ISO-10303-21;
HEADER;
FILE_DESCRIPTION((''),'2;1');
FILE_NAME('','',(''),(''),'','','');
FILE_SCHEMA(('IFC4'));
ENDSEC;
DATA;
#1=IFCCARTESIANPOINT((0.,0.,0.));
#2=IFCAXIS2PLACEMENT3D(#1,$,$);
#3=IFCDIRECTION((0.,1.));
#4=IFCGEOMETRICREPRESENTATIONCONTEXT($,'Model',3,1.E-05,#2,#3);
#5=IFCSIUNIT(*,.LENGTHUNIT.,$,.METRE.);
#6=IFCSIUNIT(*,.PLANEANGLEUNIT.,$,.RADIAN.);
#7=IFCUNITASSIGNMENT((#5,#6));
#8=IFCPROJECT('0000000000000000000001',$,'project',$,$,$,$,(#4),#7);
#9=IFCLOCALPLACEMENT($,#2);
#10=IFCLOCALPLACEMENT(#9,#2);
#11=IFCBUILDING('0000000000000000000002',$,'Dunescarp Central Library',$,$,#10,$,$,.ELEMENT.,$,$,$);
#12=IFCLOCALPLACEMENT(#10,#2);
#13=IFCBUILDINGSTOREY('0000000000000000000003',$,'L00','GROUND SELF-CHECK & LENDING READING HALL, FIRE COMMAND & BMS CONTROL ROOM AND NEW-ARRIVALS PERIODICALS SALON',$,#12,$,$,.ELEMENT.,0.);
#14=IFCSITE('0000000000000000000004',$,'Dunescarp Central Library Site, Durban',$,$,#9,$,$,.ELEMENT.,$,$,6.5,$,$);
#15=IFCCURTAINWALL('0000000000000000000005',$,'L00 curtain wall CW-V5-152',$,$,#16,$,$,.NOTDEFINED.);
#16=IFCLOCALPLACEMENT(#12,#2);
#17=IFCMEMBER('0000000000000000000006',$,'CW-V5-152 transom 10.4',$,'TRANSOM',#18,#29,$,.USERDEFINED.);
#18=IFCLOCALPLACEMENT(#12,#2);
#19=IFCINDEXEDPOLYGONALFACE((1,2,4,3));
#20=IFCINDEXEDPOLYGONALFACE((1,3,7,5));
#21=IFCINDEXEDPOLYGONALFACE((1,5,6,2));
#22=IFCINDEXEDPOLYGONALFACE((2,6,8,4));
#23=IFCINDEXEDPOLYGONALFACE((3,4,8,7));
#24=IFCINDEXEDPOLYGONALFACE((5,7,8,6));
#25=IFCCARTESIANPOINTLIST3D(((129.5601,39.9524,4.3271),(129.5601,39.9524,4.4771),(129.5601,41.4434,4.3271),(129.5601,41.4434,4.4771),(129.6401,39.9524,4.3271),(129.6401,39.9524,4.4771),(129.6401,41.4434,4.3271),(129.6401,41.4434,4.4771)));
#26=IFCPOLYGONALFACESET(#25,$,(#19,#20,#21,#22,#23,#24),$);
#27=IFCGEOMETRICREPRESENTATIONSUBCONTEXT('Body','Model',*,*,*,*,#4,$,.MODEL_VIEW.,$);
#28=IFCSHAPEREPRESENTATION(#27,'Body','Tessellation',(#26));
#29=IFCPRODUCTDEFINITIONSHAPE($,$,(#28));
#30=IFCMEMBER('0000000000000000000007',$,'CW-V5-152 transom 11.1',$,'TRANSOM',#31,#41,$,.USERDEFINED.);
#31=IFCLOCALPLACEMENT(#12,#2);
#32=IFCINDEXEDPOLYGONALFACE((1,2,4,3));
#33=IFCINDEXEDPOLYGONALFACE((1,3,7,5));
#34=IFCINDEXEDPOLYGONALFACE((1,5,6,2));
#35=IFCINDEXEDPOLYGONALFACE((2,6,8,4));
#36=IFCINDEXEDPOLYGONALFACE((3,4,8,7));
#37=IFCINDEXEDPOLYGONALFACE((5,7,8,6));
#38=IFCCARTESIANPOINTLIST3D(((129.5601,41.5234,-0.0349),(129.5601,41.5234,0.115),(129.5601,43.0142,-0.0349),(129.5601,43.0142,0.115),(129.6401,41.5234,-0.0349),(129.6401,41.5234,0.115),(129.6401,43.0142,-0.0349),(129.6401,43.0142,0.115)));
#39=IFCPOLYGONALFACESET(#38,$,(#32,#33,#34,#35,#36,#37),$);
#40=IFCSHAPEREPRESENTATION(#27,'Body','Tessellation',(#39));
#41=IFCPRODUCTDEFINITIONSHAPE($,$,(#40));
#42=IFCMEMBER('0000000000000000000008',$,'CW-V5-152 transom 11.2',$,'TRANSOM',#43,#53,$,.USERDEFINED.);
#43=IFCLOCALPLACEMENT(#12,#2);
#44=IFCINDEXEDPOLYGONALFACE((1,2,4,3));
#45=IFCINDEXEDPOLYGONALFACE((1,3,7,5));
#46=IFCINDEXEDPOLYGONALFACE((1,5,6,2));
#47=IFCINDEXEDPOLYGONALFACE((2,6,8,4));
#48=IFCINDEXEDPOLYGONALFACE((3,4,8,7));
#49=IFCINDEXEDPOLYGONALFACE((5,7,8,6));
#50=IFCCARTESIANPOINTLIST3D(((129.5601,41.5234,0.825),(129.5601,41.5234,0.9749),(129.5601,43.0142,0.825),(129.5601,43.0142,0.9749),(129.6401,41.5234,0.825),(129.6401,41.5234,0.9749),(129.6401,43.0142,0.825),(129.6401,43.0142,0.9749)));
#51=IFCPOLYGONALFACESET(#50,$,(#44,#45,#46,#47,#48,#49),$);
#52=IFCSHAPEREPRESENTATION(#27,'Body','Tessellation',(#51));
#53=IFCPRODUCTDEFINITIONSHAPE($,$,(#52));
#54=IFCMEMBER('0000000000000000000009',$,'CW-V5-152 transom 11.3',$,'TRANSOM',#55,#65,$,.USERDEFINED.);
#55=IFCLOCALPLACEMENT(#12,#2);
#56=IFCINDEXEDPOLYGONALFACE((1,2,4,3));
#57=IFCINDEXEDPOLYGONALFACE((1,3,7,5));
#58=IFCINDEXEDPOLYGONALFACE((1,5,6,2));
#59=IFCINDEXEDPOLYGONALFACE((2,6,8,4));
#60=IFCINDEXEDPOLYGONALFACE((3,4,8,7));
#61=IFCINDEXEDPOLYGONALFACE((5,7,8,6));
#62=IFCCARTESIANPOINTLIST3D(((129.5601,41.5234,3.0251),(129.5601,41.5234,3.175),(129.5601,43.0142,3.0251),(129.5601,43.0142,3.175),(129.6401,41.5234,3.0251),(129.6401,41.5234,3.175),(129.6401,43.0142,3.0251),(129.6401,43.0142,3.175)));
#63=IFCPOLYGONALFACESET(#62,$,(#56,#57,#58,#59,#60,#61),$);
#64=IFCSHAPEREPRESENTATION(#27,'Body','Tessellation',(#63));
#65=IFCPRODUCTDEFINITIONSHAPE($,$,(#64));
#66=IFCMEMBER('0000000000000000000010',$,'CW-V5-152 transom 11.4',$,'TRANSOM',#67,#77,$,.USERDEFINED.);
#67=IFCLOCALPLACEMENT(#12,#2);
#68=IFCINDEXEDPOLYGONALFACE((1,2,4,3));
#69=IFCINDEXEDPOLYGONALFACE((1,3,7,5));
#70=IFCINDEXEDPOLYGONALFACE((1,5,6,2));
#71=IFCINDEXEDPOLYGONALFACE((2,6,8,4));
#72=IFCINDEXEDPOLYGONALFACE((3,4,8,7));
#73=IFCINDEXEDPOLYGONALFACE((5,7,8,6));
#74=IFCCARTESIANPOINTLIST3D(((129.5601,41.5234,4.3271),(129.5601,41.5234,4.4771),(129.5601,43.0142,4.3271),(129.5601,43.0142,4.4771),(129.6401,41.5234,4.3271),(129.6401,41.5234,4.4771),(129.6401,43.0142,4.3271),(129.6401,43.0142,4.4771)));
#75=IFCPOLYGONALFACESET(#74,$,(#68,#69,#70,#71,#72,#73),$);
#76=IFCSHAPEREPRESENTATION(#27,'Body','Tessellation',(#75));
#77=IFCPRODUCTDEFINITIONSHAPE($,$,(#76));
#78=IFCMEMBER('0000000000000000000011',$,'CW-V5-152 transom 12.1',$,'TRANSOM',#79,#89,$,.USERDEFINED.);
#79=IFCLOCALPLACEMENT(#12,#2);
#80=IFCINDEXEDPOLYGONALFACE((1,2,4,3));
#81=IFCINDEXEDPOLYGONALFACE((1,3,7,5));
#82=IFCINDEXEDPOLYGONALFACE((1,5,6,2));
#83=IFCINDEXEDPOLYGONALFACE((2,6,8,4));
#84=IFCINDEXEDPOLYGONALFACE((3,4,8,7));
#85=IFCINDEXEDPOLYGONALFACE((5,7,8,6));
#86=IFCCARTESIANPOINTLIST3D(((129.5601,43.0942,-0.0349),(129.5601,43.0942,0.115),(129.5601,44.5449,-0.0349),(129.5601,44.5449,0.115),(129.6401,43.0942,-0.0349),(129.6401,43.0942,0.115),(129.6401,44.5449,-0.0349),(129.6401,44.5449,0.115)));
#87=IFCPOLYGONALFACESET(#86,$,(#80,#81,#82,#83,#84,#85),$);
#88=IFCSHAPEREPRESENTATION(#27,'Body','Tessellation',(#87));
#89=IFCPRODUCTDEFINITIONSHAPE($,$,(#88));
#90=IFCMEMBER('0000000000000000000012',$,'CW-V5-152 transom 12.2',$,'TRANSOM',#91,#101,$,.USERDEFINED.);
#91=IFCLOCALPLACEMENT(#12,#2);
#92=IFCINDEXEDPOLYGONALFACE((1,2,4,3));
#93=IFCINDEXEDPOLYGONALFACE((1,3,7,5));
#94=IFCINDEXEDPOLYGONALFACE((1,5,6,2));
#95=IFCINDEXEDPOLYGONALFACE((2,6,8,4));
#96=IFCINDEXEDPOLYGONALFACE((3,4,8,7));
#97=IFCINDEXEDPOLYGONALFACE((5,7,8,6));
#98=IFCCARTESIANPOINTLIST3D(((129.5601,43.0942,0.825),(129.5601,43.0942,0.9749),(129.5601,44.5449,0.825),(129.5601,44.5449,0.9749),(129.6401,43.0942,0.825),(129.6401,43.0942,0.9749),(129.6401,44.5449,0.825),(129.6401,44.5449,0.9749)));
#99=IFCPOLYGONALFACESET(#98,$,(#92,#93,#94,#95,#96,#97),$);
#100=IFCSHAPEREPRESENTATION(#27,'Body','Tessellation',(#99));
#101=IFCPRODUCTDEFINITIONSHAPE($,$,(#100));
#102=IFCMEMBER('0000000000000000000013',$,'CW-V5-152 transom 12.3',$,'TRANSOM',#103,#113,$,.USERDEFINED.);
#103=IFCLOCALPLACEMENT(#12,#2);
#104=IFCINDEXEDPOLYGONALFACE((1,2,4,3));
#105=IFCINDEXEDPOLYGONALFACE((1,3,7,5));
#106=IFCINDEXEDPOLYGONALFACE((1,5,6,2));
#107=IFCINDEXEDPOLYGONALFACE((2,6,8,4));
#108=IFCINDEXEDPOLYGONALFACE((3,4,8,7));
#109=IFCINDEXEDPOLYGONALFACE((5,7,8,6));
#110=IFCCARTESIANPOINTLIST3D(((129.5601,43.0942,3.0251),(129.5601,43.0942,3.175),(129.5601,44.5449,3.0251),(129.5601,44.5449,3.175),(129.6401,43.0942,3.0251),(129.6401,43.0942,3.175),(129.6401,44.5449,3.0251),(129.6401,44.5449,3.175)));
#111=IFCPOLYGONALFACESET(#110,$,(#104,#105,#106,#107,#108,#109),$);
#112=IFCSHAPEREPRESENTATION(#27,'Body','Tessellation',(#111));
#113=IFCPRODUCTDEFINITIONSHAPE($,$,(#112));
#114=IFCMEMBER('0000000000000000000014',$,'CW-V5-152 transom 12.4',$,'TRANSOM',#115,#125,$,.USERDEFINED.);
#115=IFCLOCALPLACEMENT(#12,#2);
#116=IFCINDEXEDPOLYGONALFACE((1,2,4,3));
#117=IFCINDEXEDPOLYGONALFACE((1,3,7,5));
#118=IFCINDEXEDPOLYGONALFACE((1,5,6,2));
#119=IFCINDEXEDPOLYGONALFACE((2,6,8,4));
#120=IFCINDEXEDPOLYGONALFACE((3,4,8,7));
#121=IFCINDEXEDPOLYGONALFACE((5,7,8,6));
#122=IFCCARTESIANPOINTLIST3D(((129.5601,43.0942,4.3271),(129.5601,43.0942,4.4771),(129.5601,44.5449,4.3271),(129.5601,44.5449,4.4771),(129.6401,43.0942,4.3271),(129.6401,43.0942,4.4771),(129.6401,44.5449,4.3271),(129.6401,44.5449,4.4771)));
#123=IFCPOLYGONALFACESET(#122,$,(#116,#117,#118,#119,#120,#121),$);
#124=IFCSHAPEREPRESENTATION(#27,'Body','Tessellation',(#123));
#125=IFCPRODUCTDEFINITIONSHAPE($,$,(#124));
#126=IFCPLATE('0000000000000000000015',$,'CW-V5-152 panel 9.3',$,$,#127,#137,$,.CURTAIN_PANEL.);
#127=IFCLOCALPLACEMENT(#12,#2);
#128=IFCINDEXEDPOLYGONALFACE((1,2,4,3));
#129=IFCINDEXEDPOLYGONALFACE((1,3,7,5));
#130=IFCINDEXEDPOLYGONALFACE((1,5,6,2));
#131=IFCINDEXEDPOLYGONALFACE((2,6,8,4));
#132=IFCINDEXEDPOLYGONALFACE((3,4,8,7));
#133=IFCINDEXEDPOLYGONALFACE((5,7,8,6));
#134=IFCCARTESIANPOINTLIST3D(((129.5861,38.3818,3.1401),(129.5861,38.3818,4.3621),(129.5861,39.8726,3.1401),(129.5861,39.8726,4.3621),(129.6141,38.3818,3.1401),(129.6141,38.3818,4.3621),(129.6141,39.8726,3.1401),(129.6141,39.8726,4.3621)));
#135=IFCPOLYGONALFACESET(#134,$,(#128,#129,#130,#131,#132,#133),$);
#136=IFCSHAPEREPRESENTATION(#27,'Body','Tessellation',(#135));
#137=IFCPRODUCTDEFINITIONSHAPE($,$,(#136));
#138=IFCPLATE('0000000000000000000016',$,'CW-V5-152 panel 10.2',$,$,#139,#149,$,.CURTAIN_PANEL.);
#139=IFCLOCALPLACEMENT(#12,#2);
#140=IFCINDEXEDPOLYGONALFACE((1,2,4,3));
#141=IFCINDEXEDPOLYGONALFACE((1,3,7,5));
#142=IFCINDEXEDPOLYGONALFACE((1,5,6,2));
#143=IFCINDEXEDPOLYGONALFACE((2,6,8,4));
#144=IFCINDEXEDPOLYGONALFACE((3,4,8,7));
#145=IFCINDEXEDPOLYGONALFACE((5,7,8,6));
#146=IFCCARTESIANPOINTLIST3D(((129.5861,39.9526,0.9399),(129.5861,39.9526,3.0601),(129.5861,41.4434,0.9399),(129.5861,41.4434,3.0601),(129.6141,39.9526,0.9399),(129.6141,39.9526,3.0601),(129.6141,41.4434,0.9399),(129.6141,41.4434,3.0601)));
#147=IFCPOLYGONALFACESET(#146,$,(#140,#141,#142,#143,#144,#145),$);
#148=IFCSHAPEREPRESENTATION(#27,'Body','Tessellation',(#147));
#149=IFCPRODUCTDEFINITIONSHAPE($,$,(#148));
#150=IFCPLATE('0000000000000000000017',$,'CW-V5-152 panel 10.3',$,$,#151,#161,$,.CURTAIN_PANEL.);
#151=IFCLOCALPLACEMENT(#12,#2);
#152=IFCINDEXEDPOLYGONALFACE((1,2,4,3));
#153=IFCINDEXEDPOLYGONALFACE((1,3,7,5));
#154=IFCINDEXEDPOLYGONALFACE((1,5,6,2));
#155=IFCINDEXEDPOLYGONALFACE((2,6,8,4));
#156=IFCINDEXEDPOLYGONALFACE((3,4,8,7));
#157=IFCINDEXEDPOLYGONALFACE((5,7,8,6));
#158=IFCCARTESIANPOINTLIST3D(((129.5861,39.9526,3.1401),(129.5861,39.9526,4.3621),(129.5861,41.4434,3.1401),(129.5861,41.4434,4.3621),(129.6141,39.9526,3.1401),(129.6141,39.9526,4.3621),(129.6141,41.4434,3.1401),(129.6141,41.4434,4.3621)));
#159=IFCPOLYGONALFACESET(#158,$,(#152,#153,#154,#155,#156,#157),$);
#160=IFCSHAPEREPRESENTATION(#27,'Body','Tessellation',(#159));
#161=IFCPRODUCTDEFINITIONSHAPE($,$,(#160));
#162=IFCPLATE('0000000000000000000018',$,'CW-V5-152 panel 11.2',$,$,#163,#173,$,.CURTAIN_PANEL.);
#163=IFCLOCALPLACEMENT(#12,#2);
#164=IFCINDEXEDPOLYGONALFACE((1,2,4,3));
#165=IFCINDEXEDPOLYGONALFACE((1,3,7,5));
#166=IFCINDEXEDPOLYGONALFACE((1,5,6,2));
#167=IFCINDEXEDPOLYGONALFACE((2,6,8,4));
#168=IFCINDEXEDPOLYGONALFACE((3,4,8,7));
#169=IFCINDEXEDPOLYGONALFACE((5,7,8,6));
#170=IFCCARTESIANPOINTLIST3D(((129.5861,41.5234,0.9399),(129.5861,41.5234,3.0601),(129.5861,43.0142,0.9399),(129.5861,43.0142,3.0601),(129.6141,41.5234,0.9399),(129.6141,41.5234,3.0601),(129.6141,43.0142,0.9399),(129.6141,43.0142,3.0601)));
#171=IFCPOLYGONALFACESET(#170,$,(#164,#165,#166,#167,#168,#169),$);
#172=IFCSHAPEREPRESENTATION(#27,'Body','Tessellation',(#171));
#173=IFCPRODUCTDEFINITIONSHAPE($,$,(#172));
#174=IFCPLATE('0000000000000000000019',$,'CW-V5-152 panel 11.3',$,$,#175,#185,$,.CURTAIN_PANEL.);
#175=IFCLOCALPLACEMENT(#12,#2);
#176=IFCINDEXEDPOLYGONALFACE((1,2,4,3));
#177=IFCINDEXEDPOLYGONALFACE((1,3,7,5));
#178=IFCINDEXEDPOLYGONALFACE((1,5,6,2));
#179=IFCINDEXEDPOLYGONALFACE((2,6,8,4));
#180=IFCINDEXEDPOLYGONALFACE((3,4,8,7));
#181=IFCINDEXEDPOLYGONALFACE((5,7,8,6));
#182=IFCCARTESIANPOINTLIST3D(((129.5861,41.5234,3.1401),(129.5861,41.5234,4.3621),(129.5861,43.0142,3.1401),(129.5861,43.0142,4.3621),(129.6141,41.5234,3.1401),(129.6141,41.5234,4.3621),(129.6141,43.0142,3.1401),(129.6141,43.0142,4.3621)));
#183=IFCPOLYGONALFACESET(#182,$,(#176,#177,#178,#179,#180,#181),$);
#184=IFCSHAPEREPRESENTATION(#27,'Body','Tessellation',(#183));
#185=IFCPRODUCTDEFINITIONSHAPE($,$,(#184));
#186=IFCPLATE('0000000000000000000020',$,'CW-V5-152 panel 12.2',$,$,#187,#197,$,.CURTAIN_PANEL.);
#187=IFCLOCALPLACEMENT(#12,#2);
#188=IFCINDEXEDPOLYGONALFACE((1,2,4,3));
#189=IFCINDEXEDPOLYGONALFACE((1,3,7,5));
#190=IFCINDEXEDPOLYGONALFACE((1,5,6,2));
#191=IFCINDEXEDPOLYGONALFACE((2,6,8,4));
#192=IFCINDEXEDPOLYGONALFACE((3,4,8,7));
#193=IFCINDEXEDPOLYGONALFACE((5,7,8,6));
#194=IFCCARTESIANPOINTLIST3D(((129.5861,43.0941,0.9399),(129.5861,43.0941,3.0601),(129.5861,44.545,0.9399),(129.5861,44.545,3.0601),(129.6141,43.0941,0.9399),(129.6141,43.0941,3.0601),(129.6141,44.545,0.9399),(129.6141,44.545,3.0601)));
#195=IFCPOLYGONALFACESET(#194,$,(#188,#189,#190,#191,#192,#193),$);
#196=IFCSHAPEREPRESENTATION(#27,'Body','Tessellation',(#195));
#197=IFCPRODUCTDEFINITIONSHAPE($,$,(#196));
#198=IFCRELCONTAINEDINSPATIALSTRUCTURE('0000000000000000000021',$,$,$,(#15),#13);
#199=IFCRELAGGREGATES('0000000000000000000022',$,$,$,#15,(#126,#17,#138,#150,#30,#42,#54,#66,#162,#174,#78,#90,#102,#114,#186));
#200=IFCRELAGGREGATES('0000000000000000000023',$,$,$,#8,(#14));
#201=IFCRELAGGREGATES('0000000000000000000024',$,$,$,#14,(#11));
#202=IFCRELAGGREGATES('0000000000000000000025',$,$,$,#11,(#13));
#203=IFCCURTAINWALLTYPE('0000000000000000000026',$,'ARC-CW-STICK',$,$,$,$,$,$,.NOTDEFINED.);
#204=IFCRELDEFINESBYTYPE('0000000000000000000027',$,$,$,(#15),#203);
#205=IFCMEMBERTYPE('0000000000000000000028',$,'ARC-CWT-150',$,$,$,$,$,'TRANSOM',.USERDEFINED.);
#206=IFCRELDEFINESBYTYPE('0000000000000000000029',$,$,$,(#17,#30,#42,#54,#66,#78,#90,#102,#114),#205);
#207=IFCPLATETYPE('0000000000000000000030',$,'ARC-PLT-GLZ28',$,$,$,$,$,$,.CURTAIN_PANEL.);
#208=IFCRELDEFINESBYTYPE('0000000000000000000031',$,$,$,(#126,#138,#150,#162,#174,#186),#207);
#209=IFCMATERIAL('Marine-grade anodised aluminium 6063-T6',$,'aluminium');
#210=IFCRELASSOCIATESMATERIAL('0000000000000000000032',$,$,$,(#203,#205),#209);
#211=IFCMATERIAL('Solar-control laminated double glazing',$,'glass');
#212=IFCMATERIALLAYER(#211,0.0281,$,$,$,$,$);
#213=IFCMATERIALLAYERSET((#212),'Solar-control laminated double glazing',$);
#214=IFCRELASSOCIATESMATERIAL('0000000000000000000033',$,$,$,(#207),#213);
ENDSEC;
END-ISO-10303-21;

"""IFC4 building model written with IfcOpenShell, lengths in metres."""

from ifc_helpers import new_model, si_unit, direction, frame, origin, origin_2d, place, context, subcontext, project, spatial, rectangle, extrude, material, layer, layer_set, material_profile, profile_set, type_object, element, aggregate, save


model = new_model("IFC4")

# Units and contexts
model_context = context("Model", 3, precision=1e-05, world=origin(), true_north=direction((0.0, 1.0)))
body_context = subcontext(model_context, "Body", "Model", "MODEL_VIEW")
ifc_project = project(units=[si_unit("LENGTHUNIT", "METRE"), si_unit("PLANEANGLEUNIT", "RADIAN")], contexts=[model_context])

# Site, building, storey
site_placement = place(None, origin())
site = spatial("IfcSite", under=ifc_project, at=site_placement, Name="Dunescarp Central Library Site, Durban", CompositionType="ELEMENT", RefElevation=6.5)
building_placement = place(site_placement, origin())
building = spatial("IfcBuilding", under=site, at=building_placement, Name="Dunescarp Central Library", CompositionType="ELEMENT")
storey_placement = place(building_placement, origin())
storey = spatial("IfcBuildingStorey", under=building, at=storey_placement, Name="L00", Description="GROUND SELF-CHECK & LENDING READING HALL, FIRE COMMAND & BMS CONTROL ROOM AND NEW-ARRIVALS PERIODICALS SALON", CompositionType="ELEMENT", Elevation=0.0)

# Shared definitions
ifc_material_1 = material(Name="Marine-grade anodised aluminium 6063-T6", Category="aluminium")
curtain_wall_type = type_object("IfcCurtainWallType", Name="ARC-CW-STICK", PredefinedType="NOTDEFINED", material=ifc_material_1)

# Curtain wall, members, plates
curtain_wall_1_placement = place(storey_placement, origin())
curtain_wall_1 = element("IfcCurtainWall", 1, at=curtain_wall_1_placement, inside=storey, type_object=curtain_wall_type, Name="L00 curtain wall CW-V5-152", PredefinedType="NOTDEFINED")
ifc_material_profile_1 = material_profile(ifc_material_1, rectangle(XDim=0.0801, YDim=0.1499, at=origin_2d()), Name="AL 80x150")
ifc_profile_set_1 = profile_set([ifc_material_profile_1], Name="Marine-grade anodised aluminium 6063-T6")
member_type_1 = type_object("IfcMemberType", Name="ARC-CWT-150", ElementType="TRANSOM", PredefinedType="USERDEFINED", material=ifc_profile_set_1)
member_1_placement = place(storey_placement, frame((129.6001, 39.9524, 4.4021), z_axis=(0.0, 1.0, 0.0), x_axis=(-1.0, 0.0, 0.0)))
member_1 = element("IfcMember", 2, at=member_1_placement, type_object=member_type_1, Name="CW-V5-152 transom 10.4", ObjectType="TRANSOM", PredefinedType="USERDEFINED", context=body_context, shape_type="SweptSolid", body=[
    extrude(rectangle(XDim=0.0801, YDim=0.1499, at=origin_2d()), origin(), (0.0, 0.0, 1.0), 1.491),
])
member_2_placement = place(storey_placement, frame((129.6001, 41.5234, 0.04), z_axis=(0.0, 1.0, 0.0), x_axis=(-1.0, 0.0, 0.0)))
member_2 = element("IfcMember", 3, at=member_2_placement, type_object=member_type_1, Name="CW-V5-152 transom 11.1", ObjectType="TRANSOM", PredefinedType="USERDEFINED", context=body_context, shape_type="SweptSolid", body=[
    extrude(rectangle(XDim=0.0801, YDim=0.1499, at=origin_2d()), origin(), (0.0, 0.0, 1.0), 1.4907),
])
member_3_placement = place(storey_placement, frame((129.6001, 41.5234, 0.8999), z_axis=(0.0, 1.0, 0.0), x_axis=(-1.0, 0.0, 0.0)))
member_3 = element("IfcMember", 4, at=member_3_placement, type_object=member_type_1, Name="CW-V5-152 transom 11.2", ObjectType="TRANSOM", PredefinedType="USERDEFINED", context=body_context, shape_type="SweptSolid", body=[
    extrude(rectangle(XDim=0.0801, YDim=0.1499, at=origin_2d()), origin(), (0.0, 0.0, 1.0), 1.4907),
])
member_4_placement = place(storey_placement, frame((129.6001, 41.5234, 3.1001), z_axis=(0.0, 1.0, 0.0), x_axis=(-1.0, 0.0, 0.0)))
member_4 = element("IfcMember", 5, at=member_4_placement, type_object=member_type_1, Name="CW-V5-152 transom 11.3", ObjectType="TRANSOM", PredefinedType="USERDEFINED", context=body_context, shape_type="SweptSolid", body=[
    extrude(rectangle(XDim=0.0801, YDim=0.1499, at=origin_2d()), origin(), (0.0, 0.0, 1.0), 1.4907),
])
member_5_placement = place(storey_placement, frame((129.6001, 41.5234, 4.4021), z_axis=(0.0, 1.0, 0.0), x_axis=(-1.0, 0.0, 0.0)))
member_5 = element("IfcMember", 6, at=member_5_placement, type_object=member_type_1, Name="CW-V5-152 transom 11.4", ObjectType="TRANSOM", PredefinedType="USERDEFINED", context=body_context, shape_type="SweptSolid", body=[
    extrude(rectangle(XDim=0.0801, YDim=0.1499, at=origin_2d()), origin(), (0.0, 0.0, 1.0), 1.4907),
])
member_6_placement = place(storey_placement, frame((129.6001, 43.0942, 0.04), z_axis=(0.0, 1.0, 0.0), x_axis=(-1.0, 0.0, 0.0)))
member_6 = element("IfcMember", 7, at=member_6_placement, type_object=member_type_1, Name="CW-V5-152 transom 12.1", ObjectType="TRANSOM", PredefinedType="USERDEFINED", context=body_context, shape_type="SweptSolid", body=[
    extrude(rectangle(XDim=0.0801, YDim=0.1499, at=origin_2d()), origin(), (0.0, 0.0, 1.0), 1.4507),
])
member_7_placement = place(storey_placement, frame((129.6001, 43.0942, 0.8999), z_axis=(0.0, 1.0, 0.0), x_axis=(-1.0, 0.0, 0.0)))
member_7 = element("IfcMember", 8, at=member_7_placement, type_object=member_type_1, Name="CW-V5-152 transom 12.2", ObjectType="TRANSOM", PredefinedType="USERDEFINED", context=body_context, shape_type="SweptSolid", body=[
    extrude(rectangle(XDim=0.0801, YDim=0.1499, at=origin_2d()), origin(), (0.0, 0.0, 1.0), 1.4507),
])
member_8_placement = place(storey_placement, frame((129.6001, 43.0942, 3.1001), z_axis=(0.0, 1.0, 0.0), x_axis=(-1.0, 0.0, 0.0)))
member_8 = element("IfcMember", 9, at=member_8_placement, type_object=member_type_1, Name="CW-V5-152 transom 12.3", ObjectType="TRANSOM", PredefinedType="USERDEFINED", context=body_context, shape_type="SweptSolid", body=[
    extrude(rectangle(XDim=0.0801, YDim=0.1499, at=origin_2d()), origin(), (0.0, 0.0, 1.0), 1.4507),
])
member_9_placement = place(storey_placement, frame((129.6001, 43.0942, 4.4021), z_axis=(0.0, 1.0, 0.0), x_axis=(-1.0, 0.0, 0.0)))
member_9 = element("IfcMember", 10, at=member_9_placement, type_object=member_type_1, Name="CW-V5-152 transom 12.4", ObjectType="TRANSOM", PredefinedType="USERDEFINED", context=body_context, shape_type="SweptSolid", body=[
    extrude(rectangle(XDim=0.0801, YDim=0.1499, at=origin_2d()), origin(), (0.0, 0.0, 1.0), 1.4507),
])
ifc_material_2 = material(Name="Solar-control laminated double glazing", Category="glass")
ifc_layer_1 = layer(ifc_material_2, 0.0281)
ifc_layer_set_1 = layer_set([ifc_layer_1], Name="Solar-control laminated double glazing")
plate_type_1 = type_object("IfcPlateType", Name="ARC-PLT-GLZ28", PredefinedType="CURTAIN_PANEL", material=ifc_layer_set_1)
plate_1_placement = place(storey_placement, frame((129.6001, 39.1272, 3.1401), z_axis=(0.0, 0.0, 1.0), x_axis=(0.0, 1.0, 0.0)))
plate_1 = element("IfcPlate", 11, at=plate_1_placement, type_object=plate_type_1, Name="CW-V5-152 panel 9.3", PredefinedType="CURTAIN_PANEL", context=body_context, shape_type="SweptSolid", body=[
    extrude(rectangle(XDim=1.4907, YDim=0.0281, at=origin_2d()), origin(), (0.0, 0.0, 1.0), 1.2219),
])
plate_2_placement = place(storey_placement, frame((129.6001, 40.698, 0.9399), z_axis=(0.0, 0.0, 1.0), x_axis=(0.0, 1.0, 0.0)))
plate_2 = element("IfcPlate", 12, at=plate_2_placement, type_object=plate_type_1, Name="CW-V5-152 panel 10.2", PredefinedType="CURTAIN_PANEL", context=body_context, shape_type="SweptSolid", body=[
    extrude(rectangle(XDim=1.4907, YDim=0.0281, at=origin_2d()), origin(), (0.0, 0.0, 1.0), 2.1201),
])
plate_3_placement = place(storey_placement, frame((129.6001, 40.698, 3.1401), z_axis=(0.0, 0.0, 1.0), x_axis=(0.0, 1.0, 0.0)))
plate_3 = element("IfcPlate", 13, at=plate_3_placement, type_object=plate_type_1, Name="CW-V5-152 panel 10.3", PredefinedType="CURTAIN_PANEL", context=body_context, shape_type="SweptSolid", body=[
    extrude(rectangle(XDim=1.4907, YDim=0.0281, at=origin_2d()), origin(), (0.0, 0.0, 1.0), 1.2219),
])
plate_4_placement = place(storey_placement, frame((129.6001, 42.2688, 0.9399), z_axis=(0.0, 0.0, 1.0), x_axis=(0.0, 1.0, 0.0)))
plate_4 = element("IfcPlate", 14, at=plate_4_placement, type_object=plate_type_1, Name="CW-V5-152 panel 11.2", PredefinedType="CURTAIN_PANEL", context=body_context, shape_type="SweptSolid", body=[
    extrude(rectangle(XDim=1.4907, YDim=0.0281, at=origin_2d()), origin(), (0.0, 0.0, 1.0), 2.1201),
])
plate_5_placement = place(storey_placement, frame((129.6001, 42.2688, 3.1401), z_axis=(0.0, 0.0, 1.0), x_axis=(0.0, 1.0, 0.0)))
plate_5 = element("IfcPlate", 15, at=plate_5_placement, type_object=plate_type_1, Name="CW-V5-152 panel 11.3", PredefinedType="CURTAIN_PANEL", context=body_context, shape_type="SweptSolid", body=[
    extrude(rectangle(XDim=1.4907, YDim=0.0281, at=origin_2d()), origin(), (0.0, 0.0, 1.0), 1.2219),
])
plate_6_placement = place(storey_placement, frame((129.6001, 43.8196, 0.9399), z_axis=(0.0, 0.0, 1.0), x_axis=(0.0, 1.0, 0.0)))
plate_6 = element("IfcPlate", 16, at=plate_6_placement, type_object=plate_type_1, Name="CW-V5-152 panel 12.2", PredefinedType="CURTAIN_PANEL", context=body_context, shape_type="SweptSolid", body=[
    extrude(rectangle(XDim=1.4509, YDim=0.0281, at=origin_2d()), origin(), (0.0, 0.0, 1.0), 2.1201),
])
aggregate(curtain_wall_1, [plate_1, member_1, plate_2, plate_3, member_2, member_3, member_4, member_5, plate_4, plate_5, member_6, member_7, member_8, member_9, plate_6])

save(model, "model.ifc")
